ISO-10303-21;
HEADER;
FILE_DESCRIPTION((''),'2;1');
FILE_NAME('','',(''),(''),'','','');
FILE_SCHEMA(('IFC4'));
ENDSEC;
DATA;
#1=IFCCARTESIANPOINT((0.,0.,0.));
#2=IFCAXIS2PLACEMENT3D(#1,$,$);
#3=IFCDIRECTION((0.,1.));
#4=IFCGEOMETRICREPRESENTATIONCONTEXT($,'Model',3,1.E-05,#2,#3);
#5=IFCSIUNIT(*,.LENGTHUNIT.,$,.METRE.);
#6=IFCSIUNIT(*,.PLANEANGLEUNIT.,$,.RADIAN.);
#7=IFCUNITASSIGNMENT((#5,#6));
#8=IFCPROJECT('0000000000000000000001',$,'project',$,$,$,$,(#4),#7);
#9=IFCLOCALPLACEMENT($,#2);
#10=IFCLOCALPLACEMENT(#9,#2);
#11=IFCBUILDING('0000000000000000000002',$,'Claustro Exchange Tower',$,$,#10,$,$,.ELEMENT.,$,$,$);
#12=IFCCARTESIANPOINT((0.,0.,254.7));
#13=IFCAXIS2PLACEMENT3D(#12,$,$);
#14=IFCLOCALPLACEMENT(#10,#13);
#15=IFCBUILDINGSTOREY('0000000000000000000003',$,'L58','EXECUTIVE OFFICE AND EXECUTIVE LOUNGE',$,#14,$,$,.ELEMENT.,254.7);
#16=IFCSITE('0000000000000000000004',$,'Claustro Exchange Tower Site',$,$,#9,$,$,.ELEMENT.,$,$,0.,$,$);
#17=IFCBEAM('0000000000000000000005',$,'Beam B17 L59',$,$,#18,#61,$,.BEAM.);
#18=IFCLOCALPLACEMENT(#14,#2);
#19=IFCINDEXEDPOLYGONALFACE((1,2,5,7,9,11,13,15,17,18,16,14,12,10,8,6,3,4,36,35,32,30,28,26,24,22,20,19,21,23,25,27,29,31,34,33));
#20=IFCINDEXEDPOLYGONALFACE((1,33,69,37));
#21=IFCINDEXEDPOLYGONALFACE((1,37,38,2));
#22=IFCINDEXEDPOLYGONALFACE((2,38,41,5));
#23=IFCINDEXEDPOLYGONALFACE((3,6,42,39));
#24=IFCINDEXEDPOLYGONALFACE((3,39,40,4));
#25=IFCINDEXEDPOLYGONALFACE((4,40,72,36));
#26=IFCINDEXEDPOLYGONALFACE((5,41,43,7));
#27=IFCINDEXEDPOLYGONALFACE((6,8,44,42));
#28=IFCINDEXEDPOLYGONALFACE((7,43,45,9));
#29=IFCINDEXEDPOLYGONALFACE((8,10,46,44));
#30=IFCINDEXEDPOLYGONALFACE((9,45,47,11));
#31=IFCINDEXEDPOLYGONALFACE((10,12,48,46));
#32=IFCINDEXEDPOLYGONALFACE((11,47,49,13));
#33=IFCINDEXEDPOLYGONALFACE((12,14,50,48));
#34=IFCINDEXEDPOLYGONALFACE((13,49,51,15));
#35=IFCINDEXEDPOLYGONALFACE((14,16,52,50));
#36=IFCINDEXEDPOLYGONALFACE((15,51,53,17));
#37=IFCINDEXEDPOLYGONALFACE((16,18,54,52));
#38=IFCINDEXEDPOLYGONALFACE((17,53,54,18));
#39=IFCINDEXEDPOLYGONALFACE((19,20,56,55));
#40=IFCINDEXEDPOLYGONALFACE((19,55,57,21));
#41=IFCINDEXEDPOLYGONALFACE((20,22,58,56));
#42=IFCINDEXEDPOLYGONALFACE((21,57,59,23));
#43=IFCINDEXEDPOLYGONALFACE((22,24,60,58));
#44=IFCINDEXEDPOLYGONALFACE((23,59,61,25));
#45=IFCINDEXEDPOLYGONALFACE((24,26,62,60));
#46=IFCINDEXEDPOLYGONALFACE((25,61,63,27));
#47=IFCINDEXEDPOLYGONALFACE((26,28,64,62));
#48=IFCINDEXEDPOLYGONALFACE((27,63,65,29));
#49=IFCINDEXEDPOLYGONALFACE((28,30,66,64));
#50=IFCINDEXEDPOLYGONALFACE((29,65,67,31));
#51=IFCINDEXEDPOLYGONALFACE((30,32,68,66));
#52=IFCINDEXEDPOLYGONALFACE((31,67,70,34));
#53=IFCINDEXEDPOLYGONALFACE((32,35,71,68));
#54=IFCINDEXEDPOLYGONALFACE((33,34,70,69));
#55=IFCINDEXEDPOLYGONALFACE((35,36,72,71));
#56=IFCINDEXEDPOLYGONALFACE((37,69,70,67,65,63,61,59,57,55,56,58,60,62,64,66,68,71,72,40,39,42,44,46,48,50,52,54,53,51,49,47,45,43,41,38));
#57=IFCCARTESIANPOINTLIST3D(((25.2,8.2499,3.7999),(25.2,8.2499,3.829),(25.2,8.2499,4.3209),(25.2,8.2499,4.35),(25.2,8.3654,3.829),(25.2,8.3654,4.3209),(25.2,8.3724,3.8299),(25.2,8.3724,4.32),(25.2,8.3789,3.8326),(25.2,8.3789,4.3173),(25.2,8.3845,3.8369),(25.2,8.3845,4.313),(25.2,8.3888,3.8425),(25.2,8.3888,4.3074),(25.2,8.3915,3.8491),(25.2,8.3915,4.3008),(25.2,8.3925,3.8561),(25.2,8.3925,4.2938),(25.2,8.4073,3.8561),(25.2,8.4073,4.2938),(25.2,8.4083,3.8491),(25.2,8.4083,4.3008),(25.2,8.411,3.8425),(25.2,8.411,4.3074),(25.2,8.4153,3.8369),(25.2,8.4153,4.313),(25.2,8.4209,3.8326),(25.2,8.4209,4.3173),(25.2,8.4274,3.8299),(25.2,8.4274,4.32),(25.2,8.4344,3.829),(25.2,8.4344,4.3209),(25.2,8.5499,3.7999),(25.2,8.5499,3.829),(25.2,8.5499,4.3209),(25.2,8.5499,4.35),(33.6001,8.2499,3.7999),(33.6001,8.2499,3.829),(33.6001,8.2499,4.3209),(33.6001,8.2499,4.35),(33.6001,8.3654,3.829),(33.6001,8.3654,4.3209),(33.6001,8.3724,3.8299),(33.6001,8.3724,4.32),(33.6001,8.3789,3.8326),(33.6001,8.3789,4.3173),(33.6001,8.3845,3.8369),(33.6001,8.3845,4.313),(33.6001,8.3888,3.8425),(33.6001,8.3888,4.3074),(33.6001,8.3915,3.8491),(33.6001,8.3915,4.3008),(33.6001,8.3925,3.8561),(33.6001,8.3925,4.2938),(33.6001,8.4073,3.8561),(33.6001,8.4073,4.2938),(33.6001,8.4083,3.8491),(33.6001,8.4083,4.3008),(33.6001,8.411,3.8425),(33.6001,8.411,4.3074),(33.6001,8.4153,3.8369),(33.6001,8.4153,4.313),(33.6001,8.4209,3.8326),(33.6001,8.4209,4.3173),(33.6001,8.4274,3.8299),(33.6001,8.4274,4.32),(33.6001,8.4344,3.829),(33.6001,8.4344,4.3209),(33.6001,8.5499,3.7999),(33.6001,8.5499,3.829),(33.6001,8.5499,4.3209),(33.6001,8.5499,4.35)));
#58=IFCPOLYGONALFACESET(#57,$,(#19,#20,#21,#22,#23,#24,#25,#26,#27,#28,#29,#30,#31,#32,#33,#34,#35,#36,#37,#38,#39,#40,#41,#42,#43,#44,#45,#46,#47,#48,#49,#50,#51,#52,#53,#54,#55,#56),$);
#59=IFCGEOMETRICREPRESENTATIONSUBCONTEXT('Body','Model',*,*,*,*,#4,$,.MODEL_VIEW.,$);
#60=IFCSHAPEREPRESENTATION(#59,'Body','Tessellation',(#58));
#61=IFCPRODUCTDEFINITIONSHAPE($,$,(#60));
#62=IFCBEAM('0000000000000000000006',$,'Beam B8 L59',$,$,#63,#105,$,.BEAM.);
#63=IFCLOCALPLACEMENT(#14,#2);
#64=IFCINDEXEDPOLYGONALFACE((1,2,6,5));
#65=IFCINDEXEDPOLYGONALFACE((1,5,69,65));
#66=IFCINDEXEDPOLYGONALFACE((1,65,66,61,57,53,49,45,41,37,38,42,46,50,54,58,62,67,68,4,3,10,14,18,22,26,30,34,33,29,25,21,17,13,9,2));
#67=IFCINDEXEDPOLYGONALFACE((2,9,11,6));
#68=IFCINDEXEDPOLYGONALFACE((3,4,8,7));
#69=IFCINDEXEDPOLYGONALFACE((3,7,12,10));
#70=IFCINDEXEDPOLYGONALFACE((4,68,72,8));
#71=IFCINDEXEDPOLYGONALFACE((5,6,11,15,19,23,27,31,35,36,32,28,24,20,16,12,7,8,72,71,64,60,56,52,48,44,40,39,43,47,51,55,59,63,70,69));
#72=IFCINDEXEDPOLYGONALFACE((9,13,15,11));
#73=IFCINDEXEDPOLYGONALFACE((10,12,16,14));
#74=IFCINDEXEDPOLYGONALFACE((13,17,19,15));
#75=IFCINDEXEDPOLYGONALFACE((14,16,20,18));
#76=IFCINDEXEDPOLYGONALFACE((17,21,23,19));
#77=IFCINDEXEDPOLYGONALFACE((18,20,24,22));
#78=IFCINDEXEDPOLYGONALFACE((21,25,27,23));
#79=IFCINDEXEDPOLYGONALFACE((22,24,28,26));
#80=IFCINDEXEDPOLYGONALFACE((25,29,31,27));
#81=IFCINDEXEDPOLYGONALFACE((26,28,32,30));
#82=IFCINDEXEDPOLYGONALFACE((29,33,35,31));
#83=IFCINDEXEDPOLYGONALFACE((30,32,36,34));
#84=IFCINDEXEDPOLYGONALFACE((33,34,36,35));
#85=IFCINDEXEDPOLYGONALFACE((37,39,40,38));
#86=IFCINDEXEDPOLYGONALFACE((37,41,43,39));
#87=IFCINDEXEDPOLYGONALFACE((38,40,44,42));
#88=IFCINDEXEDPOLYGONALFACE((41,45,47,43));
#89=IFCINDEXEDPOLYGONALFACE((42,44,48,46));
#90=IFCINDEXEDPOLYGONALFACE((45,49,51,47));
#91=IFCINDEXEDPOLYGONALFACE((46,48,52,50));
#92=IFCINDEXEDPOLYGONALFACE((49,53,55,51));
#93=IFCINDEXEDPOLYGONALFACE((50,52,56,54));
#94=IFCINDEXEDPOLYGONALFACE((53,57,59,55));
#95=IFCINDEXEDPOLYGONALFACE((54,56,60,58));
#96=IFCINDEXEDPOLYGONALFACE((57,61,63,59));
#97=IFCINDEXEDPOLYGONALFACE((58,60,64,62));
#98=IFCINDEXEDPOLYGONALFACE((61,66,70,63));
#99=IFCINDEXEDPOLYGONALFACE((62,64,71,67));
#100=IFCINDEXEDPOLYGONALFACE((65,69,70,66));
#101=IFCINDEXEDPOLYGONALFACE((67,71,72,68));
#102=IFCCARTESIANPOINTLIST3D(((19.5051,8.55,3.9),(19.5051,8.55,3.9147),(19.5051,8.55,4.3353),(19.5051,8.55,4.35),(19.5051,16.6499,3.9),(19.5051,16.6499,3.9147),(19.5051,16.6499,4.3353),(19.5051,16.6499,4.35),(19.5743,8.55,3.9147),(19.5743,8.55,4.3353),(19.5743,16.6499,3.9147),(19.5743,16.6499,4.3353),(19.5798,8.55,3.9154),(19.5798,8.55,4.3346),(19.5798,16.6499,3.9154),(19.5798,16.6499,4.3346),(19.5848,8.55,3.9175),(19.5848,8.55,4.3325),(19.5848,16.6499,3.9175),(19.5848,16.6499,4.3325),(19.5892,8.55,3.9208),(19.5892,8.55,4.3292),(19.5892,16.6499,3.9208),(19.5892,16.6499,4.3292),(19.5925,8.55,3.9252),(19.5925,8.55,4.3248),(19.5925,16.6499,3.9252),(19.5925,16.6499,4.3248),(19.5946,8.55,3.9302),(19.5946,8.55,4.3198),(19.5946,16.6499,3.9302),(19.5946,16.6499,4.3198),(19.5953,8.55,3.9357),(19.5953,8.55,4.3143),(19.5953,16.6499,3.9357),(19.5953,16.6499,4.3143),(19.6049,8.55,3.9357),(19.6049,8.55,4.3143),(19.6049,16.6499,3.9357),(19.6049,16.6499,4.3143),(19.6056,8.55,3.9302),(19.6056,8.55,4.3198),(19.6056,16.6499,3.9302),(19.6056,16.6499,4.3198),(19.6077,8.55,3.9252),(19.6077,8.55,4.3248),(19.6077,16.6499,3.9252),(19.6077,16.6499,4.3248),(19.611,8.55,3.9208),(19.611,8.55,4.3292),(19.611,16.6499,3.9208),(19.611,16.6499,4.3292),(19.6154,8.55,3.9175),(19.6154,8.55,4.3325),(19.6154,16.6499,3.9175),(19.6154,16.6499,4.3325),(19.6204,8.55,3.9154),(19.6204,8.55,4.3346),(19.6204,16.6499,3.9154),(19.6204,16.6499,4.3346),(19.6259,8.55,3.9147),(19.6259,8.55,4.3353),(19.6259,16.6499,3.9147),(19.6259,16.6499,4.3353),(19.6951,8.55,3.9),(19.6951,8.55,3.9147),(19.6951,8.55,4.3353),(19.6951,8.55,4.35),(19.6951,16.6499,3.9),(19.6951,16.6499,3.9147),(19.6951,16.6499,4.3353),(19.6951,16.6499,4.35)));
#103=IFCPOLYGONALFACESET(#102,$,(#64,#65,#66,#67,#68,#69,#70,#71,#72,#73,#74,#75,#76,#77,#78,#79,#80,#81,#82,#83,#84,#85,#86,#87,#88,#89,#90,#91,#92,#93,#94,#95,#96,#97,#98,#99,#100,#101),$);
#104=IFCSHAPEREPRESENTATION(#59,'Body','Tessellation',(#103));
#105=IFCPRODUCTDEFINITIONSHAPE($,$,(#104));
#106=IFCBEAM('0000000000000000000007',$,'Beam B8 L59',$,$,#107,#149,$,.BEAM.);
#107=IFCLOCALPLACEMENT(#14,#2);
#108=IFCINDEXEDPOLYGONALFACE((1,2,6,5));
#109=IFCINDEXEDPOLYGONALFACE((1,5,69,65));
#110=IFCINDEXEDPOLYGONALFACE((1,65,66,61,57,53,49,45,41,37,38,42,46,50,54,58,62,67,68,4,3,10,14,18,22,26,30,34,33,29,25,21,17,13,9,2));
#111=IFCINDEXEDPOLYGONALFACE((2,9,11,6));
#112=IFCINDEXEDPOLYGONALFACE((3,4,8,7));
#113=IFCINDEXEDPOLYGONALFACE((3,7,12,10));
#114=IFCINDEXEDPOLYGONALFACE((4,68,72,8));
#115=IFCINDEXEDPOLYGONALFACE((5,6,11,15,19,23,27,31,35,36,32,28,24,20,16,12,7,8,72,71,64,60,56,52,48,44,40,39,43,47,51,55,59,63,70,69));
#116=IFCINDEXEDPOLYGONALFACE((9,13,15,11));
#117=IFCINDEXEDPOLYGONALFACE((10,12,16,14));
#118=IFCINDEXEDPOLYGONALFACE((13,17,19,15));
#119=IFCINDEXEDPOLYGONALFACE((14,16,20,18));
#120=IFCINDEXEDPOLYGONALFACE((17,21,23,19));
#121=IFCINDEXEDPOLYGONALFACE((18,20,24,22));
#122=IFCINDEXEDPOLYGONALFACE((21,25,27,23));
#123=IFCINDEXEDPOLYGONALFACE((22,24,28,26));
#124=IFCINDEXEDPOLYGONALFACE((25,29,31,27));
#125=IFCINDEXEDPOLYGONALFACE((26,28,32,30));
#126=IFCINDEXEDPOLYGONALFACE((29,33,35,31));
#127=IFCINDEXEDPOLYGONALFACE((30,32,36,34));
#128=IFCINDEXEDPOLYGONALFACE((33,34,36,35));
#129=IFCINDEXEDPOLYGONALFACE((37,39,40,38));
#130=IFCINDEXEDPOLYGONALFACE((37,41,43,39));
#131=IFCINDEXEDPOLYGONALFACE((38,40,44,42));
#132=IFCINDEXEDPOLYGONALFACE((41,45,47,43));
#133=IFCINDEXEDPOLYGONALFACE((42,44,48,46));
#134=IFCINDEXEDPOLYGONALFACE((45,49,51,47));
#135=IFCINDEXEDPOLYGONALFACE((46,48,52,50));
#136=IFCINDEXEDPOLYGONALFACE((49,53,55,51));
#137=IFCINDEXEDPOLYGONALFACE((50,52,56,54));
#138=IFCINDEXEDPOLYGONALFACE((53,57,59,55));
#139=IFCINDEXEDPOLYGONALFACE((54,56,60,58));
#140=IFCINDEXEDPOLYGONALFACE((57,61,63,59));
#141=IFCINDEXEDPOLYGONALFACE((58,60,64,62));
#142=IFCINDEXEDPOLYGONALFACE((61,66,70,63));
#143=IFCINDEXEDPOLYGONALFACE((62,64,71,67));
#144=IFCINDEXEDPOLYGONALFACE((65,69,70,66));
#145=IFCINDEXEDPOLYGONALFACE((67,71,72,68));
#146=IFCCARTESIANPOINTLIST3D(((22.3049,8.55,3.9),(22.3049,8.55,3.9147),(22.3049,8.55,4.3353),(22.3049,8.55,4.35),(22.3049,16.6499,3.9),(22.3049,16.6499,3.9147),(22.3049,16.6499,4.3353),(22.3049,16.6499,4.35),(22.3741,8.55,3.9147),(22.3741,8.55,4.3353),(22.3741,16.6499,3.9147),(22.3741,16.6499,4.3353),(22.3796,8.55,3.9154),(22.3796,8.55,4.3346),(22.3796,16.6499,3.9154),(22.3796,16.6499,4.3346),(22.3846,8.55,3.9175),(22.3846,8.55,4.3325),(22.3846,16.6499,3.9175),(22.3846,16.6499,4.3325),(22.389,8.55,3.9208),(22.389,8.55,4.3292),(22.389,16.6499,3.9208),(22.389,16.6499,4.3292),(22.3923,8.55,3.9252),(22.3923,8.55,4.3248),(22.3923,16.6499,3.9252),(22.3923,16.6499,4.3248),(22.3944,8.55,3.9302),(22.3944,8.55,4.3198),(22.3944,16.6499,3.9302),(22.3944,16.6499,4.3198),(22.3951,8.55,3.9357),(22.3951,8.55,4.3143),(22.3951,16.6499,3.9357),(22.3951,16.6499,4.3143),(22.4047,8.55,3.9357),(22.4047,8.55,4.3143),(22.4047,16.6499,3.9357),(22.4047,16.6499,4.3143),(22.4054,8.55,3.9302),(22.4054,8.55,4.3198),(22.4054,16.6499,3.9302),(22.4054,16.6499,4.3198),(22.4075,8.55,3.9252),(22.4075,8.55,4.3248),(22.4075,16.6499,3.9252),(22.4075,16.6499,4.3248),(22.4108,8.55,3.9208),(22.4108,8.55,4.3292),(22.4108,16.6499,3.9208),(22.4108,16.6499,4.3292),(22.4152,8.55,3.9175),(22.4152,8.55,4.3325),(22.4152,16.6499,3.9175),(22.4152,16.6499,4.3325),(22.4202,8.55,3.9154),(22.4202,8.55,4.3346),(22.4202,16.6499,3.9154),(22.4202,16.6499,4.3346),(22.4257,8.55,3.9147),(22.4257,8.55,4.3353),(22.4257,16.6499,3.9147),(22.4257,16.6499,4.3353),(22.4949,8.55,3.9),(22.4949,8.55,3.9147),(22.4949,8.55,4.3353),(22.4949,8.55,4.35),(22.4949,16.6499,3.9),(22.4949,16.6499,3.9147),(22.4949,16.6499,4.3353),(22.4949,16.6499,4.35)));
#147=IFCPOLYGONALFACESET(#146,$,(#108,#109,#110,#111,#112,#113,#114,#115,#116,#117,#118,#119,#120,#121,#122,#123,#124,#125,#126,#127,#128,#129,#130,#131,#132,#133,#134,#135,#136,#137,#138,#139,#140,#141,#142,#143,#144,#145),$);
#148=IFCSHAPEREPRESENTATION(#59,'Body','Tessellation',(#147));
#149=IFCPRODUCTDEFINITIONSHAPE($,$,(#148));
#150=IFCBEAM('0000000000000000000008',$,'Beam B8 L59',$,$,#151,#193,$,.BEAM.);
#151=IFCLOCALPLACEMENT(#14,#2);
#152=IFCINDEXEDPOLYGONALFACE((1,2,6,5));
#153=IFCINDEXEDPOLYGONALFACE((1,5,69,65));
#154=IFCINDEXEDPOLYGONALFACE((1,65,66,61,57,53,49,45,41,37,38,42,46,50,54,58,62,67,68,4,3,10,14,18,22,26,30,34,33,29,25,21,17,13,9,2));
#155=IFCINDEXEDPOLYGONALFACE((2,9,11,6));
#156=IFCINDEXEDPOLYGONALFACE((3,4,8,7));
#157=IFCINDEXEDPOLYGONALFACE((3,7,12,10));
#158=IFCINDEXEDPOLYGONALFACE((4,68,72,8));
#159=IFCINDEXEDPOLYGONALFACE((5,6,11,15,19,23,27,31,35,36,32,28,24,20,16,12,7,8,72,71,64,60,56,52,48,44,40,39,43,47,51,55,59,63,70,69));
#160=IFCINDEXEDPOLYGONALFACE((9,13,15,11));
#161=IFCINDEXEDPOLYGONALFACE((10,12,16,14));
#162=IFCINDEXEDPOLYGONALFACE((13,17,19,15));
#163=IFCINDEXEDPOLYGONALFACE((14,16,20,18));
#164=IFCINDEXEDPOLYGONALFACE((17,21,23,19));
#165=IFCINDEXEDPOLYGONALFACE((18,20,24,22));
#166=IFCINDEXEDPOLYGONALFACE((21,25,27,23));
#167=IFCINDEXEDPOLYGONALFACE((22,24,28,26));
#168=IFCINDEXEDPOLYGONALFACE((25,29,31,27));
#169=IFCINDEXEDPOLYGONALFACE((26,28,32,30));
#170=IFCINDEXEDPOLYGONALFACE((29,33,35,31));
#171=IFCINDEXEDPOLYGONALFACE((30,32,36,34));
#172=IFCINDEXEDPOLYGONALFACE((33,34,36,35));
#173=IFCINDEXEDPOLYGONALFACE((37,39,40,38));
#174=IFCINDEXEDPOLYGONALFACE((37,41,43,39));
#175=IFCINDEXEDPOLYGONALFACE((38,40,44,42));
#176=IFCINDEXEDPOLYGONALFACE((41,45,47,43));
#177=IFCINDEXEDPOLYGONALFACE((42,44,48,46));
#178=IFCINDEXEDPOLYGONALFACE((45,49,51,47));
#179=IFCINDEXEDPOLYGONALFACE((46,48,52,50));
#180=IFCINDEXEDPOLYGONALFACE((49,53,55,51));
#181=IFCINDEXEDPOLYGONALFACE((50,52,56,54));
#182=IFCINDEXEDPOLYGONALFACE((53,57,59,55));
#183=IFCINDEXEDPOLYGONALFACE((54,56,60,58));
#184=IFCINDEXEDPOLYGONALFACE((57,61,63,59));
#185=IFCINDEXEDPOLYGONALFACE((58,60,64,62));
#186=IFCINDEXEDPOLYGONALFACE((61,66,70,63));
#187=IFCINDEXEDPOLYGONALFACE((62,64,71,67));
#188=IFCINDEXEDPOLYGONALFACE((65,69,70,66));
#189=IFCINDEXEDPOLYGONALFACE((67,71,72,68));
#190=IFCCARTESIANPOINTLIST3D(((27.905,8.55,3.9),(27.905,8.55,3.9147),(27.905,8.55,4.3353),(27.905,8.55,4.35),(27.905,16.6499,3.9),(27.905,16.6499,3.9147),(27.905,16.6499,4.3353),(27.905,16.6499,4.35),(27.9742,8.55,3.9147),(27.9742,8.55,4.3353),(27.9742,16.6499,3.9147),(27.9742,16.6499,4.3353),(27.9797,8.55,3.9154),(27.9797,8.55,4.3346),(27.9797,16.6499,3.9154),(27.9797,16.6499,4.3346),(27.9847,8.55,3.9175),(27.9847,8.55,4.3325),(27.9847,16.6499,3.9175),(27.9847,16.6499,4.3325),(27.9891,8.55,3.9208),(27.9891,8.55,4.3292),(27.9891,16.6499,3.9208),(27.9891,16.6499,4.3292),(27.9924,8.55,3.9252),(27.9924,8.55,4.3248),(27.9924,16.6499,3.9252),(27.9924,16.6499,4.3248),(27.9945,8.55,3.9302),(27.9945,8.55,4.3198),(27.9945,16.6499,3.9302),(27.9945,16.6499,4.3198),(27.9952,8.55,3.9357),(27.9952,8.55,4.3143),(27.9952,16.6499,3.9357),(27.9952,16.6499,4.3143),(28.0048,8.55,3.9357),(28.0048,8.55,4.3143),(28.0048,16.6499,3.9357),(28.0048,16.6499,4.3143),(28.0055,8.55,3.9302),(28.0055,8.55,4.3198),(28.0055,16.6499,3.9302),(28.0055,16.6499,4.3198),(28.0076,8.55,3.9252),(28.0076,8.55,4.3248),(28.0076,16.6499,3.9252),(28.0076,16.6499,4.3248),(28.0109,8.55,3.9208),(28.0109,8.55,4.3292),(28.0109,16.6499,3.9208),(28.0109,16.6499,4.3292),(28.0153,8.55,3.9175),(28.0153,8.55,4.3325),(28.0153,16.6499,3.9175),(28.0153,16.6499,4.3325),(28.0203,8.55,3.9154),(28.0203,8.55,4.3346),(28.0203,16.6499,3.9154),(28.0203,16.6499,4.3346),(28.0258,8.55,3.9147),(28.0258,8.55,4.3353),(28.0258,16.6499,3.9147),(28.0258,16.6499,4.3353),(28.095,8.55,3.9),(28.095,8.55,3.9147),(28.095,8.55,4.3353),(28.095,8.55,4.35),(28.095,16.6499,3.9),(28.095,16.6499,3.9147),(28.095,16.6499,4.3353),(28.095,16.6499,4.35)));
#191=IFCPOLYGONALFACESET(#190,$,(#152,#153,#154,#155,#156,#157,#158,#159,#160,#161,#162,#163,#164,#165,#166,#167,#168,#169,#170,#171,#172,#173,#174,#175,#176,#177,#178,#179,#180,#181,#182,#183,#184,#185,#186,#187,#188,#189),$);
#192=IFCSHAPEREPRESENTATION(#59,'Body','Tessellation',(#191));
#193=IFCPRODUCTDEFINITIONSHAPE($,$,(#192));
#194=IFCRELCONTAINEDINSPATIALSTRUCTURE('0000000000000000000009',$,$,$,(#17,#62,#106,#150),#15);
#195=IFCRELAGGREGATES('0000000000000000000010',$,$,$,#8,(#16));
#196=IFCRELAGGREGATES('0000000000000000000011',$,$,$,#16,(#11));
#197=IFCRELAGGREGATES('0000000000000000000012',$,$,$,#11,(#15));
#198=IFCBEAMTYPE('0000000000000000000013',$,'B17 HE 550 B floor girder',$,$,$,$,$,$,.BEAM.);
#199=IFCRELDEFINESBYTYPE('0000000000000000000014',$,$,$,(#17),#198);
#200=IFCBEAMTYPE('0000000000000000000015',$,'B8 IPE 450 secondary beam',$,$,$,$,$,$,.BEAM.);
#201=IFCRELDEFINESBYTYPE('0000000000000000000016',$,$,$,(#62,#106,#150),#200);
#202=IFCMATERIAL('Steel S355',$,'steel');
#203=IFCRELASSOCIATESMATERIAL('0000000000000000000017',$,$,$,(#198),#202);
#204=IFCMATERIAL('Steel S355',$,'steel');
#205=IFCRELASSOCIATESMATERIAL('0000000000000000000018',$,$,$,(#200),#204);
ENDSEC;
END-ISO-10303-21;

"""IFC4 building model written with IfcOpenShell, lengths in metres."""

from ifc_helpers import new_model, si_unit, direction, frame, origin, origin_2d, place, context, subcontext, project, spatial, i_section, extrude, material, material_profile, profile_set, type_object, element, save


model = new_model("IFC4")

# Units and contexts
model_context = context("Model", 3, precision=1e-05, world=origin(), true_north=direction((0.0, 1.0)))
body_context = subcontext(model_context, "Body", "Model", "MODEL_VIEW")
ifc_project = project(units=[si_unit("LENGTHUNIT", "METRE"), si_unit("PLANEANGLEUNIT", "RADIAN")], contexts=[model_context])

# Site, building, storey
site_placement = place(None, origin())
site = spatial("IfcSite", under=ifc_project, at=site_placement, Name="Claustro Exchange Tower Site", CompositionType="ELEMENT", RefElevation=0.0)
building_placement = place(site_placement, origin())
building = spatial("IfcBuilding", under=site, at=building_placement, Name="Claustro Exchange Tower", CompositionType="ELEMENT")
storey_placement = place(building_placement, frame((0.0, 0.0, 254.7)))
storey = spatial("IfcBuildingStorey", under=building, at=storey_placement, Name="L58", Description="EXECUTIVE OFFICE AND EXECUTIVE LOUNGE", CompositionType="ELEMENT", Elevation=254.7)

# Beams
ifc_material_1 = material(Name="Steel S355", Category="steel")
ifc_material_profile_1 = material_profile(ifc_material_1, i_section(OverallWidth=0.3, OverallDepth=0.55, WebThickness=0.0149, FlangeThickness=0.0291, FilletRadius=0.0271, at=origin_2d()), Name="HE 550 B")
ifc_profile_set_1 = profile_set([ifc_material_profile_1], Name="Steel S355")
beam_type_1 = type_object("IfcBeamType", Name="B17 HE 550 B floor girder", PredefinedType="BEAM", material=ifc_profile_set_1)
for number, where, z_axis, x_axis, name in (
    (1, (25.2, 8.3999, 4.075), (1.0, 0.0, 0.0), (0.0, 1.0, 0.0), "Beam B17 L59"),
):
    element("IfcBeam", number, at=place(storey_placement, frame(where, z_axis=z_axis, x_axis=x_axis)), inside=storey, type_object=beam_type_1, Name=name, PredefinedType="BEAM", context=body_context, shape_type="SweptSolid", body=[
        extrude(i_section(OverallWidth=0.3, OverallDepth=0.55, WebThickness=0.0149, FlangeThickness=0.0291, FilletRadius=0.0271, at=origin_2d()), origin(), (0.0, 0.0, 1.0), 8.4001),
    ])
ifc_material_2 = material(Name="Steel S355", Category="steel")
ifc_material_profile_2 = material_profile(ifc_material_2, i_section(OverallWidth=0.1899, OverallDepth=0.45, WebThickness=0.0095, FlangeThickness=0.0146, FilletRadius=0.021, at=origin_2d()), Name="IPE 450")
ifc_profile_set_2 = profile_set([ifc_material_profile_2], Name="Steel S355")
beam_type_2 = type_object("IfcBeamType", Name="B8 IPE 450 secondary beam", PredefinedType="BEAM", material=ifc_profile_set_2)
for number, where, z_axis, x_axis, name in (
    (2, (19.6001, 8.55, 4.125), (0.0, 1.0, 0.0), (-1.0, 0.0, 0.0), "Beam B8 L59"),
    (3, (22.3999, 8.55, 4.125), (0.0, 1.0, 0.0), (-1.0, 0.0, 0.0), "Beam B8 L59"),
    (4, (28.0, 8.55, 4.125), (0.0, 1.0, 0.0), (-1.0, 0.0, 0.0), "Beam B8 L59"),
):
    element("IfcBeam", number, at=place(storey_placement, frame(where, z_axis=z_axis, x_axis=x_axis)), inside=storey, type_object=beam_type_2, Name=name, PredefinedType="BEAM", context=body_context, shape_type="SweptSolid", body=[
        extrude(i_section(OverallWidth=0.1899, OverallDepth=0.45, WebThickness=0.0095, FlangeThickness=0.0146, FilletRadius=0.021, at=origin_2d()), origin(), (0.0, 0.0, 1.0), 8.0999),
    ])

save(model, "model.ifc")
